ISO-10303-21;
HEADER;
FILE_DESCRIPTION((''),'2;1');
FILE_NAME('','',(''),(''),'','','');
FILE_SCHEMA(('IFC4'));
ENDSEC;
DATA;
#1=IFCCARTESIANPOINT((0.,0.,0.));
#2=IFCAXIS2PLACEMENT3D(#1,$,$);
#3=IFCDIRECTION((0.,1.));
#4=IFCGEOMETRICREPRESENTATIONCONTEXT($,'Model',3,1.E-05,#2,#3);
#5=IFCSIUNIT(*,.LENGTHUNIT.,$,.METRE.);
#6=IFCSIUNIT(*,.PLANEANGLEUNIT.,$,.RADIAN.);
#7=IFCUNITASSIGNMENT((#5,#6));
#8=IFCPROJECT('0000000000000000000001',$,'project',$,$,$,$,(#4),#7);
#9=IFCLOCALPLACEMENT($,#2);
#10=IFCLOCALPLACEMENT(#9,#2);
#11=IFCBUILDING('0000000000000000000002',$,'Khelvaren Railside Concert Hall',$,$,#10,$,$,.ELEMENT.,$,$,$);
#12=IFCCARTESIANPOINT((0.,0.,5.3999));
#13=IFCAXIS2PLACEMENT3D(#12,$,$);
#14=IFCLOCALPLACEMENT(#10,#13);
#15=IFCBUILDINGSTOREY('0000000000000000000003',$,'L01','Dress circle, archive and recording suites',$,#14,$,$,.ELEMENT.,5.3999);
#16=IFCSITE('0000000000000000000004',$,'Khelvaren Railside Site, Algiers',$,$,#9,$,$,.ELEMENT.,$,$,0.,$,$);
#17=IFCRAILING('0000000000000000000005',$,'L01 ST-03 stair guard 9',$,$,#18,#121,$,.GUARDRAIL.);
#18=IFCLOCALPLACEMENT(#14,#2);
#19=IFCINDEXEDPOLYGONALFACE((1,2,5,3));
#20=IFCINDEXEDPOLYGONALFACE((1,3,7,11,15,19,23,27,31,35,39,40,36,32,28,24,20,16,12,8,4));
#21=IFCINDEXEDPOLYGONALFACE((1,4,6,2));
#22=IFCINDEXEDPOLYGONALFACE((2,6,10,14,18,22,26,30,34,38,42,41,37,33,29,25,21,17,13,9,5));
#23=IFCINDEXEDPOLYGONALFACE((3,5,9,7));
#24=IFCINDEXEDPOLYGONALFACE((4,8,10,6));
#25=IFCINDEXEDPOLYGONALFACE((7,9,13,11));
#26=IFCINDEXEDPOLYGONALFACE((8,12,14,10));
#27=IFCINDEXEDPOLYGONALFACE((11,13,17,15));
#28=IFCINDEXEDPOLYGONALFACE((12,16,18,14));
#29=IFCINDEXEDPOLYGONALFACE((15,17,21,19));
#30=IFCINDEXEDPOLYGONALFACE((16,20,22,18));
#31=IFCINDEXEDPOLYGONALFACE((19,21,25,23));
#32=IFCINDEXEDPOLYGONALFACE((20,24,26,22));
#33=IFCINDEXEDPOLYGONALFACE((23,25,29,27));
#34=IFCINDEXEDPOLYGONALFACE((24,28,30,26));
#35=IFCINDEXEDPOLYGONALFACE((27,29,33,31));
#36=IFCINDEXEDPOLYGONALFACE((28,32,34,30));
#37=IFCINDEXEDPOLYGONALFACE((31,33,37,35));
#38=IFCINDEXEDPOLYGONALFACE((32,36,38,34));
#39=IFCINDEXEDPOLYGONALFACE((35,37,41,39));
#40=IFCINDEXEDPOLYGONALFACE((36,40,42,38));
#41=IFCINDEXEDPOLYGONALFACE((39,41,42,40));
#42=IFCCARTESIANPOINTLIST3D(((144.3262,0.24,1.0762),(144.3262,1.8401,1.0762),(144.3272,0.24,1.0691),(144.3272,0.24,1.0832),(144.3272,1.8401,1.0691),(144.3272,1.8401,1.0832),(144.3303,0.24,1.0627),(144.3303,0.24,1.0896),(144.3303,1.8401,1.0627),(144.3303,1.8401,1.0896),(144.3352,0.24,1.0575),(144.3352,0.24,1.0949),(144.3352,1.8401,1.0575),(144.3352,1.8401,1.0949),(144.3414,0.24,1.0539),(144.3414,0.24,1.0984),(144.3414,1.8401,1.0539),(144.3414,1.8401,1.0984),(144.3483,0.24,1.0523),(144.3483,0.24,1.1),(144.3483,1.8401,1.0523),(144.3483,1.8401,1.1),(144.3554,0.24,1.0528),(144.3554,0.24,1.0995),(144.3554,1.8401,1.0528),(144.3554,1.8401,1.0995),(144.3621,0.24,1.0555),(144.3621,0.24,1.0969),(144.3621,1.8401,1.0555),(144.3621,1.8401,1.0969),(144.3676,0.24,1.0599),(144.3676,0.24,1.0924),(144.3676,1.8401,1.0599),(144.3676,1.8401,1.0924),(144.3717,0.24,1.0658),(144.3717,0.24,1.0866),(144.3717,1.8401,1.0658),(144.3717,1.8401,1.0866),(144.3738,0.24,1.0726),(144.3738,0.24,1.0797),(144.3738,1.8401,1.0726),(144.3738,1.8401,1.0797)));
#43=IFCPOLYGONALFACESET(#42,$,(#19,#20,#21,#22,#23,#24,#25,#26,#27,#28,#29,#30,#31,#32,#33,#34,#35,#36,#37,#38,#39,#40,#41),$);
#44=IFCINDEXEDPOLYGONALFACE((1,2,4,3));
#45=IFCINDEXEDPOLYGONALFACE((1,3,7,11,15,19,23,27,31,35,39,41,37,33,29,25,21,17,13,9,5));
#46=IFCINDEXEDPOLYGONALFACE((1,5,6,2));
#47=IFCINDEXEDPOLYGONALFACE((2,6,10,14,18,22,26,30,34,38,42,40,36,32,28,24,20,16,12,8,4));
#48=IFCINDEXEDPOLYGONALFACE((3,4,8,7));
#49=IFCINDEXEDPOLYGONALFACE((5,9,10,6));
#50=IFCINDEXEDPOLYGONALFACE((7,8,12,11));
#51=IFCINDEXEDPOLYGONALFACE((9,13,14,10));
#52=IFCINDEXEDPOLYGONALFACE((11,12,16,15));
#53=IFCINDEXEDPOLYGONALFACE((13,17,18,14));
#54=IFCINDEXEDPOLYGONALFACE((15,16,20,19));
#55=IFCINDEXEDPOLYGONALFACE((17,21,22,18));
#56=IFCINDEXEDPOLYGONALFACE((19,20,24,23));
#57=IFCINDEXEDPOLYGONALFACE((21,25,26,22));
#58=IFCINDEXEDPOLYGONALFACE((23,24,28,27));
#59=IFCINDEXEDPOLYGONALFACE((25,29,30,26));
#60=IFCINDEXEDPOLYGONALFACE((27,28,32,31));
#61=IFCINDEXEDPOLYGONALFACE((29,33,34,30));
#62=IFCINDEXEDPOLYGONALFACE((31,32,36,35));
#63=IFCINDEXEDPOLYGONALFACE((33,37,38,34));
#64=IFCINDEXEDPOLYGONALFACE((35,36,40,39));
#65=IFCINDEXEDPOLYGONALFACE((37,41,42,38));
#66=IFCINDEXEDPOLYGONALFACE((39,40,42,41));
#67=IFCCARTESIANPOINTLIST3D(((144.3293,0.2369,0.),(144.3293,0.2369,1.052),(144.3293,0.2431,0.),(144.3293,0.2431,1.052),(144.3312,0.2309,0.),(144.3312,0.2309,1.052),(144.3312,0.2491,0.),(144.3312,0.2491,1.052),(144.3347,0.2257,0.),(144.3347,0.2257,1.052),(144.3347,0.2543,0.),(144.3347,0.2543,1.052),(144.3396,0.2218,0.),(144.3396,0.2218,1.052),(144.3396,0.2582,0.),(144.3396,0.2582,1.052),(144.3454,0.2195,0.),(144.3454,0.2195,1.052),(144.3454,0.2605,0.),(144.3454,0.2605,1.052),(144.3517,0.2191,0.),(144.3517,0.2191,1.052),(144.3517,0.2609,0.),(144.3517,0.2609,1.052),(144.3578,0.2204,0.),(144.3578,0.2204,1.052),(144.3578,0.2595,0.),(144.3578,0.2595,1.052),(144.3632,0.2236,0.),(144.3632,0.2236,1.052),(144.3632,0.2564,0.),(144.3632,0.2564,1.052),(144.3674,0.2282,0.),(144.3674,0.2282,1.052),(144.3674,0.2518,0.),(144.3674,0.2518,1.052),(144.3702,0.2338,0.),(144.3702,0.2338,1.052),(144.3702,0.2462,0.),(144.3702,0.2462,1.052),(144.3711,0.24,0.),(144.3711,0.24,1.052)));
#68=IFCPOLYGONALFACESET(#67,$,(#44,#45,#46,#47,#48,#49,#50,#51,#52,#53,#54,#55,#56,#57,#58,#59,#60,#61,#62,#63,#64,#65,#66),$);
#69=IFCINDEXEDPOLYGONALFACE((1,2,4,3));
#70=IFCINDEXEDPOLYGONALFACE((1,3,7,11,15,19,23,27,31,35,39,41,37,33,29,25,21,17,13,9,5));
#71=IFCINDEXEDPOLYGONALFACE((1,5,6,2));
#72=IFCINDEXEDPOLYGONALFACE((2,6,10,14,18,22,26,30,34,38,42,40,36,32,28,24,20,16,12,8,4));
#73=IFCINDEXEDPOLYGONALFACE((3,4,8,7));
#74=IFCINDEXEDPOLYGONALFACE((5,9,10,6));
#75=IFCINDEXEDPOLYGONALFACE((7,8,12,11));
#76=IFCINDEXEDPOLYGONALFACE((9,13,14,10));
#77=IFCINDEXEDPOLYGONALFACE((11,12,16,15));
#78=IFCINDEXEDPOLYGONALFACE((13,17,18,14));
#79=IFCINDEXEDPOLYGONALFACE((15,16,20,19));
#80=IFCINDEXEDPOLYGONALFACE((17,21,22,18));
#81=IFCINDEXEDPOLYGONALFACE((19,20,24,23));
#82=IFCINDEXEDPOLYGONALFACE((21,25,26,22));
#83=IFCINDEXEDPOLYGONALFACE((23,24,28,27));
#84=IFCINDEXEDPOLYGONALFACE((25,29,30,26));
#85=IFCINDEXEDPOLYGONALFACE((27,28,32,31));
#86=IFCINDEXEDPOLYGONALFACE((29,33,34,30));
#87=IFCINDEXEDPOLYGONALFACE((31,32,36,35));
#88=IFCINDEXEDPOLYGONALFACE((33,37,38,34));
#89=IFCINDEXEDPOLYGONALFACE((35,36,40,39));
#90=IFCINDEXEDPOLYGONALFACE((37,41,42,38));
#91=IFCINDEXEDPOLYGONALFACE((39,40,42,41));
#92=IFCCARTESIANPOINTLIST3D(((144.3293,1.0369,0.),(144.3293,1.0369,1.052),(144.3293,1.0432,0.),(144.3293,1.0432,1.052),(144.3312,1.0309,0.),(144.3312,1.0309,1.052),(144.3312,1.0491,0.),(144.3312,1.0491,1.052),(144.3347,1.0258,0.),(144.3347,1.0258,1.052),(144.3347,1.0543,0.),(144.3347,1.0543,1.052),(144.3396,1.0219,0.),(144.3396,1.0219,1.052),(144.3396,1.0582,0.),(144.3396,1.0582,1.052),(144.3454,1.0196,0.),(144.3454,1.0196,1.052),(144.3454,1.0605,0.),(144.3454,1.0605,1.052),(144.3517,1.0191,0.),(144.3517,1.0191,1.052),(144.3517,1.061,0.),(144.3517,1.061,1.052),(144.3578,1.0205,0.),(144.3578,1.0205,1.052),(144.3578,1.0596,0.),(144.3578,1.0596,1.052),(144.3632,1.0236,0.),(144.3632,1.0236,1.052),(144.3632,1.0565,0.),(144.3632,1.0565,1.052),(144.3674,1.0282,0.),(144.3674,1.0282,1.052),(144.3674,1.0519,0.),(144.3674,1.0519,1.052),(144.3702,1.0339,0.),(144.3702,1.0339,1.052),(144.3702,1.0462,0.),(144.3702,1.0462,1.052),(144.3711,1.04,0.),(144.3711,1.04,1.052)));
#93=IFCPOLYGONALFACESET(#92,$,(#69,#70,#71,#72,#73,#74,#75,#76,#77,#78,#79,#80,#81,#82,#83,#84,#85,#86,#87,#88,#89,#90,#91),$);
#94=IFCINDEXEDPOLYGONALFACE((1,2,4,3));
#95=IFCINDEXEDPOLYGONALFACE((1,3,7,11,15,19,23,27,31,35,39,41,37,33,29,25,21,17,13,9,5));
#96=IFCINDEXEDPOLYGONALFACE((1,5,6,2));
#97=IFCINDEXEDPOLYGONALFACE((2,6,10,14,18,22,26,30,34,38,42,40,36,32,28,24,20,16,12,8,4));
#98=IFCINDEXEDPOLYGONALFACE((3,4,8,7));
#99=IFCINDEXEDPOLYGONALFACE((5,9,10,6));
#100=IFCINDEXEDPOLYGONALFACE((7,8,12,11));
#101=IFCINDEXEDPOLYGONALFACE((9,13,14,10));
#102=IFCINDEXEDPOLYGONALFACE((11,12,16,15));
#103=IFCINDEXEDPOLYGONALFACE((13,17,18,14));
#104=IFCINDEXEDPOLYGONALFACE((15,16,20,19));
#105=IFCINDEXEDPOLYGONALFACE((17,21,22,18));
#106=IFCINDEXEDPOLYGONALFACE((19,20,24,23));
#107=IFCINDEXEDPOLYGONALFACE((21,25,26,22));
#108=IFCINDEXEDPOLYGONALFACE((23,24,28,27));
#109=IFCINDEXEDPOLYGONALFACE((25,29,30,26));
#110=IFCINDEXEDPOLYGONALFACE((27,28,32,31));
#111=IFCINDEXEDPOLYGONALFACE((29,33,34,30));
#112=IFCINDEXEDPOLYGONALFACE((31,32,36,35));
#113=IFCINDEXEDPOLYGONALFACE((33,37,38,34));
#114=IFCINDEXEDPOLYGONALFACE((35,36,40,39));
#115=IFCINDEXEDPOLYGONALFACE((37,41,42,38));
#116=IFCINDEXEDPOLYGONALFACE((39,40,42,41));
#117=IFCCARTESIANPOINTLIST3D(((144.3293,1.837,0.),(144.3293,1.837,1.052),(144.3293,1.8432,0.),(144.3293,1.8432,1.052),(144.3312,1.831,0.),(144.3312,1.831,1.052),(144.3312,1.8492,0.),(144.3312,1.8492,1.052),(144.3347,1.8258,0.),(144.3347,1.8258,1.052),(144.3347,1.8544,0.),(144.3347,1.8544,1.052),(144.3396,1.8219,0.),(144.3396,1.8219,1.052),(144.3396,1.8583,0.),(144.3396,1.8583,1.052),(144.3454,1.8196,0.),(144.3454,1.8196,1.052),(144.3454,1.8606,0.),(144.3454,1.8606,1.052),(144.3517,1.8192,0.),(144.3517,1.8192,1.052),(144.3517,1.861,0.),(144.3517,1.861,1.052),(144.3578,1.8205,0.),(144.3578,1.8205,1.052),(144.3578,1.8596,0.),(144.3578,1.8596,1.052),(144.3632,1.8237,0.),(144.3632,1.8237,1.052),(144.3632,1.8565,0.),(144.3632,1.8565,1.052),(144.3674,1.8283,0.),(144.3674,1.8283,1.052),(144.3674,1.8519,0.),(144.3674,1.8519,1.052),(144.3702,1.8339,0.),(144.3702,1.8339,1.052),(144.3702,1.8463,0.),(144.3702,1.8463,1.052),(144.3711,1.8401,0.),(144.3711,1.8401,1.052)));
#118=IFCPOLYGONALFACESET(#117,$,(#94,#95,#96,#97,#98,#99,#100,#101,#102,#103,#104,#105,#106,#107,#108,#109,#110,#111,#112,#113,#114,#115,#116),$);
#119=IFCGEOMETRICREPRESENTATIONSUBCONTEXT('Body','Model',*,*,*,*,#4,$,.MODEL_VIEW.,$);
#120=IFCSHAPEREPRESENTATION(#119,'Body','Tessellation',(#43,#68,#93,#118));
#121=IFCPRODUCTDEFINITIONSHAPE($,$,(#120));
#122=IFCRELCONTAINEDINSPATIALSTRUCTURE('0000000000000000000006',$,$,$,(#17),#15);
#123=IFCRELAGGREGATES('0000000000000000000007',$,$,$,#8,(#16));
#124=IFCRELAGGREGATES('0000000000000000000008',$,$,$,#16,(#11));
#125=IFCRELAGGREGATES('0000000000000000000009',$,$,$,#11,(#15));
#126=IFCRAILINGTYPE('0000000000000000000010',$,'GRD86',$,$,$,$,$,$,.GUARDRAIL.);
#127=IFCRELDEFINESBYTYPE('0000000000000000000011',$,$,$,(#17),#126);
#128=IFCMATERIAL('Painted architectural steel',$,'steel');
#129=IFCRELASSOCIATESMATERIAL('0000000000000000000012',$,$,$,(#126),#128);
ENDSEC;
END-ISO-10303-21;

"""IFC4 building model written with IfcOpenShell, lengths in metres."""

from ifc_helpers import new_model, si_unit, direction, frame, origin, origin_2d, place, context, subcontext, project, spatial, circle, extrude, material, type_object, element, save


model = new_model("IFC4")

# Units and contexts
model_context = context("Model", 3, precision=1e-05, world=origin(), true_north=direction((0.0, 1.0)))
body_context = subcontext(model_context, "Body", "Model", "MODEL_VIEW")
ifc_project = project(units=[si_unit("LENGTHUNIT", "METRE"), si_unit("PLANEANGLEUNIT", "RADIAN")], contexts=[model_context])

# Site, building, storey
site_placement = place(None, origin())
site = spatial("IfcSite", under=ifc_project, at=site_placement, Name="Khelvaren Railside Site, Algiers", CompositionType="ELEMENT", RefElevation=0.0)
building_placement = place(site_placement, origin())
building = spatial("IfcBuilding", under=site, at=building_placement, Name="Khelvaren Railside Concert Hall", CompositionType="ELEMENT")
storey_placement = place(building_placement, frame((0.0, 0.0, 5.3999)))
storey = spatial("IfcBuildingStorey", under=building, at=storey_placement, Name="L01", Description="Dress circle, archive and recording suites", CompositionType="ELEMENT", Elevation=5.3999)

# Railing
ifc_material_1 = material(Name="Painted architectural steel", Category="steel")
railing_type_1 = type_object("IfcRailingType", Name="GRD86", PredefinedType="GUARDRAIL", material=ifc_material_1)
for number, where, name in (
    (1, (144.3501, 0.24, 0.0), "L01 ST-03 stair guard 9"),
):
    element("IfcRailing", number, at=place(storey_placement, frame(where)), inside=storey, type_object=railing_type_1, Name=name, PredefinedType="GUARDRAIL", context=body_context, shape_type="SweptSolid", body=[
        extrude(circle(Radius=0.0239, at=origin_2d()), frame((0.0, 0.0, 1.0762), z_axis=(0.0, 1.0, 0.0), x_axis=(-1.0, 0.0, 0.0)), (0.0, 0.0, 1.0), 1.6001),
        extrude(circle(Radius=0.021, at=origin_2d()), origin(), (0.0, 0.0, 1.0), 1.052),
        extrude(circle(Radius=0.021, at=origin_2d()), frame((0.0, 0.8, 0.0)), (0.0, 0.0, 1.0), 1.052),
        extrude(circle(Radius=0.021, at=origin_2d()), frame((0.0, 1.6001, 0.0)), (0.0, 0.0, 1.0), 1.052),
    ])

save(model, "model.ifc")
